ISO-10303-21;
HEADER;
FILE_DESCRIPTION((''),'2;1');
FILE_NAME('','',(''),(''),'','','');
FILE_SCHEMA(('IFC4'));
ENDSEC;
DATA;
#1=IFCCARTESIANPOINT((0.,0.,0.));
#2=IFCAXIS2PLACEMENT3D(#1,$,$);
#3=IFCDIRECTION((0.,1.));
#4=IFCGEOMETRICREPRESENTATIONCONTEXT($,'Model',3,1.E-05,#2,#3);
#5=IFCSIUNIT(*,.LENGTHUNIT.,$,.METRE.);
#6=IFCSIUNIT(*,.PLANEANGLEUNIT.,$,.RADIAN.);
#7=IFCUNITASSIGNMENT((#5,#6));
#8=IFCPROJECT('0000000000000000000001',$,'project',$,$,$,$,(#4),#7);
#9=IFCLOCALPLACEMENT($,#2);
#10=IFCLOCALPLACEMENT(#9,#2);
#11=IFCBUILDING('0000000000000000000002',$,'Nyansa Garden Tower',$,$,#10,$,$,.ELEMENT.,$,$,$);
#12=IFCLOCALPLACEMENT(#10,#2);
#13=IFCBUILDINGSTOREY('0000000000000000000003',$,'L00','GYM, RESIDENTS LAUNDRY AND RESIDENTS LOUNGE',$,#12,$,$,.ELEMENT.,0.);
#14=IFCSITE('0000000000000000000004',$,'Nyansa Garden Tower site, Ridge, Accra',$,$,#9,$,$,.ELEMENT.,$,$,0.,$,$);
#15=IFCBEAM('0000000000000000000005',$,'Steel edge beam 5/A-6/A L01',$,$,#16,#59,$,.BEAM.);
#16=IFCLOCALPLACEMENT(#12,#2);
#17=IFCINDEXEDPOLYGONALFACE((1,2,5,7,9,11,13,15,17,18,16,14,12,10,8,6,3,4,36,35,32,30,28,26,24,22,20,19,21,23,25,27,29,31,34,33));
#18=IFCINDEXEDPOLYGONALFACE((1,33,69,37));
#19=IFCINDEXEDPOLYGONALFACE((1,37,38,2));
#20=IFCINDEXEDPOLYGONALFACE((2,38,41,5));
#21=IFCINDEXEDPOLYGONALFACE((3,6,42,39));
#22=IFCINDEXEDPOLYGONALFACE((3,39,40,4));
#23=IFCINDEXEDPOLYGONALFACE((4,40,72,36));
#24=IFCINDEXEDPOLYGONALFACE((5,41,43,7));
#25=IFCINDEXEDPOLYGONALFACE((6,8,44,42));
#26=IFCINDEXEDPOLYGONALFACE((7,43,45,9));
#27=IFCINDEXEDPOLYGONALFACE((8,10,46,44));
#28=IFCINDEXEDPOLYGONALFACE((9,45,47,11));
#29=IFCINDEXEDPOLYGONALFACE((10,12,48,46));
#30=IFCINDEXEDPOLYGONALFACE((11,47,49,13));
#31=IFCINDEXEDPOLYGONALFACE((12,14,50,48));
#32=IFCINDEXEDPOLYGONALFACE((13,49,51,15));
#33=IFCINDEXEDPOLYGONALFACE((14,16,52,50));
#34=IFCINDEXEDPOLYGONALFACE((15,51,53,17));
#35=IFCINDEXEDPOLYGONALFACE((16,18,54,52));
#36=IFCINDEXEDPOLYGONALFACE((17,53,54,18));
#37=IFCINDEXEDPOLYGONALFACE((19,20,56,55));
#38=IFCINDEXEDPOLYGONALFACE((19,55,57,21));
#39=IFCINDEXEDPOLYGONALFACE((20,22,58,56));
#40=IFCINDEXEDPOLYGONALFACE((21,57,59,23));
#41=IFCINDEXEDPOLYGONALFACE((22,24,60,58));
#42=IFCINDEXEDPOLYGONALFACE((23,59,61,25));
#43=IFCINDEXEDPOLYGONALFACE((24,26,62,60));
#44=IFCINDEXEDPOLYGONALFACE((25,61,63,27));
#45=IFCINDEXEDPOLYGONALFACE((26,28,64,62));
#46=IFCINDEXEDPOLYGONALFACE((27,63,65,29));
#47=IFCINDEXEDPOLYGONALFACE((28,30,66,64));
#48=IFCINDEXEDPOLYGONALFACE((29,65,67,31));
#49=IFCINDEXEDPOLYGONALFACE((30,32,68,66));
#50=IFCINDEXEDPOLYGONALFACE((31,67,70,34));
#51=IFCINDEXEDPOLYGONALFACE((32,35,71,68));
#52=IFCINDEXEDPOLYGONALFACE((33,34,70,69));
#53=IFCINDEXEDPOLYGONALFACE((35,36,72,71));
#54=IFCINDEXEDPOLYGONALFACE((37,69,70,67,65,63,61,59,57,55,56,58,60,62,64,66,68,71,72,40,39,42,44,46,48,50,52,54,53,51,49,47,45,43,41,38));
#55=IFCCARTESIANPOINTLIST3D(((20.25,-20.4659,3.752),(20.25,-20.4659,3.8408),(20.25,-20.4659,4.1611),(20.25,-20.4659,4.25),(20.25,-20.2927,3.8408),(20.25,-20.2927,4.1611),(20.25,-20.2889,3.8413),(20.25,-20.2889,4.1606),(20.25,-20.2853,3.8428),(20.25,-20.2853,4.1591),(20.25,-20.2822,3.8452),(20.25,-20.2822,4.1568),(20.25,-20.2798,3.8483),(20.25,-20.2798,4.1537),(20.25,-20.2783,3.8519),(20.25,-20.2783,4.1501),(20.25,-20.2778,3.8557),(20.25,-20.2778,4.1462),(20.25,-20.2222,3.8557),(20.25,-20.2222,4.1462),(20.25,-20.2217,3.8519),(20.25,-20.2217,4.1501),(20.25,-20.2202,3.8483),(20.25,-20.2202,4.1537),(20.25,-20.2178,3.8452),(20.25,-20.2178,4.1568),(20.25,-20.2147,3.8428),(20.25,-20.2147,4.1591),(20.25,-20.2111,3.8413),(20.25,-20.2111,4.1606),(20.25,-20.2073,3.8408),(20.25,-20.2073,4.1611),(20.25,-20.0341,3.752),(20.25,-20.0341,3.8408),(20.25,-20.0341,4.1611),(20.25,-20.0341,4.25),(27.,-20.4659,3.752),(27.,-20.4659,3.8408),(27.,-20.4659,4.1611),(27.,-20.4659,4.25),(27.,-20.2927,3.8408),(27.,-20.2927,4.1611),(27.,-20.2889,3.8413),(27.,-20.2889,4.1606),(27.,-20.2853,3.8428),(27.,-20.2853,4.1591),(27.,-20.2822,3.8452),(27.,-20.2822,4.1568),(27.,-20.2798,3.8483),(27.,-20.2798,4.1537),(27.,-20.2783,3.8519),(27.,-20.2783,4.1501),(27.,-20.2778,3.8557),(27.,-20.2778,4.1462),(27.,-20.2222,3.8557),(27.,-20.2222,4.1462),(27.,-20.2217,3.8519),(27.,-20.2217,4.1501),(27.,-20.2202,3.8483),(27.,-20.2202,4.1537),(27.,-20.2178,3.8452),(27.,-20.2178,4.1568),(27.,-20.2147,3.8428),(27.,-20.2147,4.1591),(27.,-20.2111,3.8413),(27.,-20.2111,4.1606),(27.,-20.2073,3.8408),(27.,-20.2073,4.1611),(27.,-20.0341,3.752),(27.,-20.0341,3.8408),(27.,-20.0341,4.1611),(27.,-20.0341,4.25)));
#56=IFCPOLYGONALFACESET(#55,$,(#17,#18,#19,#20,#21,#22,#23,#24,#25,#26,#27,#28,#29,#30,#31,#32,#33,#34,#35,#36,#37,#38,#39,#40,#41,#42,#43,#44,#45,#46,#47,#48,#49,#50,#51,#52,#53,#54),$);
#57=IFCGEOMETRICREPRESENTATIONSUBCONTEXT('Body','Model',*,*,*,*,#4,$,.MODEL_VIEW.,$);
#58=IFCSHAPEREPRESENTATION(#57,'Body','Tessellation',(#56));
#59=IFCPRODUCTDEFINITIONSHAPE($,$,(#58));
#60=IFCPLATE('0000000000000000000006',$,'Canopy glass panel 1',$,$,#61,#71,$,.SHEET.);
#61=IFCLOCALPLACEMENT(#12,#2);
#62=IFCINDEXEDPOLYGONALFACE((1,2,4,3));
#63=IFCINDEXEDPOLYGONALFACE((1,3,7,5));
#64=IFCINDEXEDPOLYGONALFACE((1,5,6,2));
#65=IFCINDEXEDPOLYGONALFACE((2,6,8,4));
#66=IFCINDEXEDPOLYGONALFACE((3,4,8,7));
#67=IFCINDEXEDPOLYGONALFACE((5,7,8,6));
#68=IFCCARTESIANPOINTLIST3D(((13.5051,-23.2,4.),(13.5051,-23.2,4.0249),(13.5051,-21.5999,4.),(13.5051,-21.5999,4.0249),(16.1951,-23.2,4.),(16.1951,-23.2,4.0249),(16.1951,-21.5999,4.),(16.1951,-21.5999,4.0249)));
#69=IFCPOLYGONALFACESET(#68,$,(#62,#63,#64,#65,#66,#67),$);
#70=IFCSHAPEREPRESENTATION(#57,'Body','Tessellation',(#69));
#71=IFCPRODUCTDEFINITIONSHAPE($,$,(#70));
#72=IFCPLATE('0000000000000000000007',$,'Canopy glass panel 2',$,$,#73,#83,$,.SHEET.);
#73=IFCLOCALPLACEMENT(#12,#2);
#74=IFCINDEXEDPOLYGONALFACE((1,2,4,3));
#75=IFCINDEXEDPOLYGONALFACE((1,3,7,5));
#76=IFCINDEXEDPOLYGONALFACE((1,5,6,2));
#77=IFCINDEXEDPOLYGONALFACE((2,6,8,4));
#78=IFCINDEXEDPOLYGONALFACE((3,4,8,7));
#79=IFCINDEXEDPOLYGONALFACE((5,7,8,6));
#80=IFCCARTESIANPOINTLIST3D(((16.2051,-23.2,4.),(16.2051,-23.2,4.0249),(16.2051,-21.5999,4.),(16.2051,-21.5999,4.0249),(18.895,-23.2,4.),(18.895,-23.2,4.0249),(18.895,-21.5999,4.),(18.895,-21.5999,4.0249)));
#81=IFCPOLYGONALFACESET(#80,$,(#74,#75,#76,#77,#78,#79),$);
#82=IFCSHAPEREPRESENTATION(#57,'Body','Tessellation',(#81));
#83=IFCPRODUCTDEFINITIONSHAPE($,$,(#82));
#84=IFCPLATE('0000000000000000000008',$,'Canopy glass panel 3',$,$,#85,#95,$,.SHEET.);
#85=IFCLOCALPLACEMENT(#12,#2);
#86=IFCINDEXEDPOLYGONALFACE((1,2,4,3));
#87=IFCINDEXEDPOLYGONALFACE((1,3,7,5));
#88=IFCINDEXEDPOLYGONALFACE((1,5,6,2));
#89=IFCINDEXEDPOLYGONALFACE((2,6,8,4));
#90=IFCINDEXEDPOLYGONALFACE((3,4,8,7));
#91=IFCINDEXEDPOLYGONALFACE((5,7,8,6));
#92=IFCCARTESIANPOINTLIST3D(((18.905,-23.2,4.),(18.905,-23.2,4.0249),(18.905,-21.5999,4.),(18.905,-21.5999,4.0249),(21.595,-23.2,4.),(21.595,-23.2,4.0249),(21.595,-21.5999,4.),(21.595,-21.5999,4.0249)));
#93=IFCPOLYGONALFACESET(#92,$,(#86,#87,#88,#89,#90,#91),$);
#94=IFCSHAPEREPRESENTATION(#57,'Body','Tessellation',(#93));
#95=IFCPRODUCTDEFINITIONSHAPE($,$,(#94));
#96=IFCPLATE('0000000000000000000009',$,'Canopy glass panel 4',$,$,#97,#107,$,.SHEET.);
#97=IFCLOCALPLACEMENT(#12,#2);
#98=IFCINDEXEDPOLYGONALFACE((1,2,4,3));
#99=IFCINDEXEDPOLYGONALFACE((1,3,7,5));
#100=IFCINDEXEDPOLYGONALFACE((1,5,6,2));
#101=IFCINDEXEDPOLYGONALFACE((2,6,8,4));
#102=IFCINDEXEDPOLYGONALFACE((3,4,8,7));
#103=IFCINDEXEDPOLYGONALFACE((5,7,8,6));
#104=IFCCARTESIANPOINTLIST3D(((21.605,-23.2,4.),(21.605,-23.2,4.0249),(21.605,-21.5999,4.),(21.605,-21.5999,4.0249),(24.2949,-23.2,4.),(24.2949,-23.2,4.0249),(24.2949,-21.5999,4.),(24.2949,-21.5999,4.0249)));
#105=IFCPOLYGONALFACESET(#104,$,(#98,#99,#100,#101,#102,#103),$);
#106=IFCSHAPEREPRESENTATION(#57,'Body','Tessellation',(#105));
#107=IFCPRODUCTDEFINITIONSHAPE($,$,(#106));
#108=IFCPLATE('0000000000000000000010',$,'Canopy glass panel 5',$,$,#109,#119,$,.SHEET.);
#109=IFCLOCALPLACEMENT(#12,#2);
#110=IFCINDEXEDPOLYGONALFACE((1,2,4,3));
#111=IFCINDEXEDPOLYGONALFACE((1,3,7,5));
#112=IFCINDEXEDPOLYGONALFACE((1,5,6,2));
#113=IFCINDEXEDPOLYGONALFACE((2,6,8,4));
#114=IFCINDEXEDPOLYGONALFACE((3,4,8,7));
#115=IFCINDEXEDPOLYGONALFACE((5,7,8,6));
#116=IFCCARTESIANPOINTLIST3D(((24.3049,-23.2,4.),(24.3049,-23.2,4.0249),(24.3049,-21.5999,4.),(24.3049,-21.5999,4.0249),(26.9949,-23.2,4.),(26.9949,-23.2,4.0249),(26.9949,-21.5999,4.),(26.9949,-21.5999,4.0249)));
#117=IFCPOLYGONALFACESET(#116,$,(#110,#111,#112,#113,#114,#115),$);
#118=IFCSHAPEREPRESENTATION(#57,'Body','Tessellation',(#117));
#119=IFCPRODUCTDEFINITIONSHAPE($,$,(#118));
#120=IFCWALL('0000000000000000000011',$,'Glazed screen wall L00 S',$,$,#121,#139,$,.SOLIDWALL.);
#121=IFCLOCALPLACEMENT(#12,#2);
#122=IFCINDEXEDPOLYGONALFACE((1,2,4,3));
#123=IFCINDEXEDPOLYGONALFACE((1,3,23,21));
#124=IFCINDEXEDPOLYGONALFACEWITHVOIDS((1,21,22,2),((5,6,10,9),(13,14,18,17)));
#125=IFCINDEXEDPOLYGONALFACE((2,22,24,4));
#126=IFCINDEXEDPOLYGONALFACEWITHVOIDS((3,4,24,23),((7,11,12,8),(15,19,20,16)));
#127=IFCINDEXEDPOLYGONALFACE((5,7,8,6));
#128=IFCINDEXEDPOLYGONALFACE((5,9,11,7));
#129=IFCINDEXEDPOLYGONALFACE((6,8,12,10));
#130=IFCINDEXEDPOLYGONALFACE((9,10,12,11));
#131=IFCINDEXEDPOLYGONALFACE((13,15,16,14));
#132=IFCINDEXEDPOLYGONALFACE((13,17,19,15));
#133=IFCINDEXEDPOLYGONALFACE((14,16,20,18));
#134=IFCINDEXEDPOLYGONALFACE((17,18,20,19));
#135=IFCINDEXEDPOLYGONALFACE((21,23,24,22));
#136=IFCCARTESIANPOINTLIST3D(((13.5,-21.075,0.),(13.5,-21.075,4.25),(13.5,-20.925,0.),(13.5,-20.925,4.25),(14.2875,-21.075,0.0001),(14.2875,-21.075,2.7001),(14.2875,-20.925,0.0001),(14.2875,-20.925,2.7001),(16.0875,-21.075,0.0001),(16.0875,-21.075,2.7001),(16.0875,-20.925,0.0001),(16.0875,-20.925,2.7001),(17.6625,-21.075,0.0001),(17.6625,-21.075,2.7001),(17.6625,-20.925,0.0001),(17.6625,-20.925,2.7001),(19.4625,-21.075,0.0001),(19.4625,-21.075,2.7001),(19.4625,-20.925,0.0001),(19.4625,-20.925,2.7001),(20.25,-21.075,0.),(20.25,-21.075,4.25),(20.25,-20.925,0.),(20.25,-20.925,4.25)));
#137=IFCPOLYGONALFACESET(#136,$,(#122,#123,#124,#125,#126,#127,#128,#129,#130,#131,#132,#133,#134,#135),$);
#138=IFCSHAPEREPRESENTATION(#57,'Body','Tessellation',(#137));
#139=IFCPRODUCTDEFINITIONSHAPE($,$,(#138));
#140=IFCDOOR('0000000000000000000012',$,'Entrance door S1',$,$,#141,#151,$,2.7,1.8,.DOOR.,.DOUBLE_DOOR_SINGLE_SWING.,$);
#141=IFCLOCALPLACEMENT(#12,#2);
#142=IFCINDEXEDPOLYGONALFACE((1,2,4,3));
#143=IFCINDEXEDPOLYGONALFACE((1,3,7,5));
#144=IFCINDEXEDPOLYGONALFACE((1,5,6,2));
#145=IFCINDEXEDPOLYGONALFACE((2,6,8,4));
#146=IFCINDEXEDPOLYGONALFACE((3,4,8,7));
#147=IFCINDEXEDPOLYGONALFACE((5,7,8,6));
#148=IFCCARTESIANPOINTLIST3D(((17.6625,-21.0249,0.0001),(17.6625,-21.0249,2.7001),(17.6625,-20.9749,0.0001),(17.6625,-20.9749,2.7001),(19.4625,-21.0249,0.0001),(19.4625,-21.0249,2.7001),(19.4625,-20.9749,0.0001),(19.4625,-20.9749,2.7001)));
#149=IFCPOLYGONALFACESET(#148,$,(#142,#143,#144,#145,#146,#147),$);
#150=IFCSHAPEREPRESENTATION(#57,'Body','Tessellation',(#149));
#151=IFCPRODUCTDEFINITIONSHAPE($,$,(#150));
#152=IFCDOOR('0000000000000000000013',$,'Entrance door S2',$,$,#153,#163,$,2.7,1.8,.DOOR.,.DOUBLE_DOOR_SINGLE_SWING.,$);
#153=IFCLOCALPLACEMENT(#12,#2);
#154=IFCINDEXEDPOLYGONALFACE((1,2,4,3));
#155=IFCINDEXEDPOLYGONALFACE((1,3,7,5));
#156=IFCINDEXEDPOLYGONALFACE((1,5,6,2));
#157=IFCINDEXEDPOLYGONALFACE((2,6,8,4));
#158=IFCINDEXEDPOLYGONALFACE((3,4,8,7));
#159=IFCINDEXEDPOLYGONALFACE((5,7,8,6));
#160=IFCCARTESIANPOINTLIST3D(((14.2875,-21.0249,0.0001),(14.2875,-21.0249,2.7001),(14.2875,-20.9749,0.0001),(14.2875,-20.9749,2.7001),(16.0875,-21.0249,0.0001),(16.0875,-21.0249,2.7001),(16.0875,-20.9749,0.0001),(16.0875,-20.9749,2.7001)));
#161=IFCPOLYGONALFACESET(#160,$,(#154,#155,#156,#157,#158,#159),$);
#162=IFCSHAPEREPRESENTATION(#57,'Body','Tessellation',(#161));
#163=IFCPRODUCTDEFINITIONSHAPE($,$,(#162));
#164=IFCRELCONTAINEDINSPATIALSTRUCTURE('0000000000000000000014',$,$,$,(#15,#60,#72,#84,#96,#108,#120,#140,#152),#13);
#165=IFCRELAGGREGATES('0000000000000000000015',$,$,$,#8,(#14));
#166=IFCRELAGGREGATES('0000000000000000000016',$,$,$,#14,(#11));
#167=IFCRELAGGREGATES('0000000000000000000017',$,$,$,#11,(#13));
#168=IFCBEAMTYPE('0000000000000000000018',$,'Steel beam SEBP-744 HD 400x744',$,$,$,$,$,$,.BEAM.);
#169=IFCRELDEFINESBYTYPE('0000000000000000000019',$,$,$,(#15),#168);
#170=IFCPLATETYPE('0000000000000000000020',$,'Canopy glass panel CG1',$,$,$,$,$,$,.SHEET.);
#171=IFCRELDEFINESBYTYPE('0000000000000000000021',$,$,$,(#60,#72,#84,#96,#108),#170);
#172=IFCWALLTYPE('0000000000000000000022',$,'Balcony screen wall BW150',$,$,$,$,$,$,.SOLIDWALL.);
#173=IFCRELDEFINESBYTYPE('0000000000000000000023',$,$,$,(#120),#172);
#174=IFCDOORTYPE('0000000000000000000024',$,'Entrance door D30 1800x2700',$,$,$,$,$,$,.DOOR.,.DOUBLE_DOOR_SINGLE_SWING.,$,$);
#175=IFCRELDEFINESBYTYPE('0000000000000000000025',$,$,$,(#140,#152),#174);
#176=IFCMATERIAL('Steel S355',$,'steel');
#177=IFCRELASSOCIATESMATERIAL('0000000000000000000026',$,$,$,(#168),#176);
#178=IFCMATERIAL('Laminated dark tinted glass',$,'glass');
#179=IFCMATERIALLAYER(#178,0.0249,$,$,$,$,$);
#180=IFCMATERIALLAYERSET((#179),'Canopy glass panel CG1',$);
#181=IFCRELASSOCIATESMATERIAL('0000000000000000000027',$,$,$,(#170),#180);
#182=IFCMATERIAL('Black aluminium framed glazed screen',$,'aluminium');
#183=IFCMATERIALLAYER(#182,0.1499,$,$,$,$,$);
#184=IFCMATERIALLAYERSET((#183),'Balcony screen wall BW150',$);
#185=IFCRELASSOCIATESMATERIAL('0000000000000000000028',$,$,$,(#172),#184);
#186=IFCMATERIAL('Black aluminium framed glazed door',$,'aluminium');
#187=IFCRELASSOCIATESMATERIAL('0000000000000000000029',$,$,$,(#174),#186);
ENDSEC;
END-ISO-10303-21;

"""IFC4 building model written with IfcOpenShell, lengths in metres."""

from ifc_helpers import new_model, si_unit, direction, frame, frame_2d, origin, origin_2d, place, context, subcontext, project, spatial, rectangle, i_section, extrude, material, layer, layer_set, material_profile, profile_set, type_object, element, fill, save


model = new_model("IFC4")

# Units and contexts
model_context = context("Model", 3, precision=1e-05, world=origin(), true_north=direction((0.0, 1.0)))
body_context = subcontext(model_context, "Body", "Model", "MODEL_VIEW")
ifc_project = project(units=[si_unit("LENGTHUNIT", "METRE"), si_unit("PLANEANGLEUNIT", "RADIAN")], contexts=[model_context])

# Site, building, storey
site_placement = place(None, origin())
site = spatial("IfcSite", under=ifc_project, at=site_placement, Name="Nyansa Garden Tower site, Ridge, Accra", CompositionType="ELEMENT", RefElevation=0.0)
building_placement = place(site_placement, origin())
building = spatial("IfcBuilding", under=site, at=building_placement, Name="Nyansa Garden Tower", CompositionType="ELEMENT")
storey_placement = place(building_placement, origin())
storey = spatial("IfcBuildingStorey", under=building, at=storey_placement, Name="L00", Description="GYM, RESIDENTS LAUNDRY AND RESIDENTS LOUNGE", CompositionType="ELEMENT", Elevation=0.0)

# Beam
ifc_material_1 = material(Name="Steel S355", Category="steel")
ifc_material_profile_1 = material_profile(ifc_material_1, i_section(OverallWidth=0.4319, OverallDepth=0.498, WebThickness=0.0557, FlangeThickness=0.0889, FilletRadius=0.0149, at=origin_2d()), Name="HD 400x744")
ifc_profile_set_1 = profile_set([ifc_material_profile_1], Name="Steel S355")
beam_type_1 = type_object("IfcBeamType", Name="Steel beam SEBP-744 HD 400x744", PredefinedType="BEAM", material=ifc_profile_set_1)
beam_placement = place(storey_placement, frame((20.25, -20.25, 4.001), z_axis=(1.0, 0.0, 0.0), x_axis=(0.0, 1.0, 0.0)))
element("IfcBeam", 1, at=beam_placement, inside=storey, type_object=beam_type_1, Name="Steel edge beam 5/A-6/A L01", PredefinedType="BEAM", context=body_context, shape_type="SweptSolid", body=[
    extrude(i_section(OverallWidth=0.4319, OverallDepth=0.498, WebThickness=0.0557, FlangeThickness=0.0889, FilletRadius=0.0149, at=origin_2d()), origin(), (0.0, 0.0, 1.0), 6.75),
])

# Plates
ifc_material_2 = material(Name="Laminated dark tinted glass", Category="glass")
ifc_layer_1 = layer(ifc_material_2, 0.0249)
ifc_layer_set_1 = layer_set([ifc_layer_1], Name="Canopy glass panel CG1")
plate_type = type_object("IfcPlateType", Name="Canopy glass panel CG1", PredefinedType="SHEET", material=ifc_layer_set_1)
for number, where, z_axis, x_axis, name in (
    (2, (14.8501, -22.3999, 4.0), (0.0, 0.0, 1.0), (1.0, 0.0, 0.0), "Canopy glass panel 1"),
    (3, (17.55, -22.3999, 4.0), (0.0, 0.0, 1.0), (1.0, 0.0, 0.0), "Canopy glass panel 2"),
    (4, (20.25, -22.3999, 4.0), (0.0, 0.0, 1.0), (1.0, 0.0, 0.0), "Canopy glass panel 3"),
    (5, (22.95, -22.3999, 4.0), (0.0, 0.0, 1.0), (1.0, 0.0, 0.0), "Canopy glass panel 4"),
    (6, (25.6499, -22.3999, 4.0), (0.0, 0.0, 1.0), (1.0, 0.0, 0.0), "Canopy glass panel 5"),
):
    element("IfcPlate", number, at=place(storey_placement, frame(where, z_axis=z_axis, x_axis=x_axis)), inside=storey, type_object=plate_type, Name=name, PredefinedType="SHEET", context=body_context, shape_type="SweptSolid", body=[
        extrude(rectangle(XDim=2.6899, YDim=1.6001, at=origin_2d()), origin(), (0.0, 0.0, 1.0), 0.0249),
    ])

# Wall, openings, doors
ifc_material_3 = material(Name="Black aluminium framed glazed screen", Category="aluminium")
ifc_layer_2 = layer(ifc_material_3, 0.1499)
ifc_layer_set_2 = layer_set([ifc_layer_2], Name="Balcony screen wall BW150")
wall_type = type_object("IfcWallType", Name="Balcony screen wall BW150", PredefinedType="SOLIDWALL", material=ifc_layer_set_2)
wall_1_placement = place(storey_placement, frame((20.25, -21.0, 0.0), z_axis=(0.0, 0.0, 1.0), x_axis=(-1.0, 0.0, 0.0)))
wall_1 = element("IfcWall", 7, at=wall_1_placement, inside=storey, type_object=wall_type, Name="Glazed screen wall L00 S", PredefinedType="SOLIDWALL", context=body_context, shape_type="SweptSolid", body=[
    extrude(rectangle(XDim=6.75, YDim=0.1499, at=frame_2d((3.375, 0.0))), origin(), (0.0, 0.0, 1.0), 4.25),
])
opening_1_placement = place(wall_1_placement, frame((0.7876, 0.0, 0.0)))
opening_1 = element("IfcOpeningElement", 8, at=opening_1_placement, cuts=wall_1, PredefinedType="OPENING", context=body_context, shape_type="SweptSolid", body=[
    extrude(rectangle(XDim=1.8, YDim=2.7, at=frame_2d((0.8999, 1.3501))), frame((0.0, 0.085, 0.0), z_axis=(0.0, -1.0, 0.0), x_axis=(1.0, 0.0, 0.0)), (0.0, 0.0, 1.0), 0.1699),
])
opening_2_placement = place(wall_1_placement, frame((4.1626, 0.0, 0.0)))
opening_2 = element("IfcOpeningElement", 9, at=opening_2_placement, cuts=wall_1, PredefinedType="OPENING", context=body_context, shape_type="SweptSolid", body=[
    extrude(rectangle(XDim=1.8, YDim=2.7, at=frame_2d((0.8999, 1.3501))), frame((0.0, 0.085, 0.0), z_axis=(0.0, -1.0, 0.0), x_axis=(1.0, 0.0, 0.0)), (0.0, 0.0, 1.0), 0.1699),
])
ifc_material_4 = material(Name="Black aluminium framed glazed door", Category="aluminium")
door_type = type_object("IfcDoorType", Name="Entrance door D30 1800x2700", OperationType="DOUBLE_DOOR_SINGLE_SWING", PredefinedType="DOOR", material=ifc_material_4)
door_1_placement = place(opening_1_placement, origin())
door_1 = element("IfcDoor", 10, at=door_1_placement, inside=storey, type_object=door_type, Name="Entrance door S1", OperationType="DOUBLE_DOOR_SINGLE_SWING", OverallHeight=2.7, OverallWidth=1.8, PredefinedType="DOOR", context=body_context, shape_type="SweptSolid", body=[
    extrude(rectangle(XDim=1.8, YDim=2.7, at=frame_2d((0.8999, 1.3501))), frame((0.0, 0.0249, 0.0), z_axis=(0.0, -1.0, 0.0), x_axis=(1.0, 0.0, 0.0)), (0.0, 0.0, 1.0), 0.05),
])
fill(opening_1, door_1)
door_2_placement = place(opening_2_placement, origin())
door_2 = element("IfcDoor", 11, at=door_2_placement, inside=storey, type_object=door_type, Name="Entrance door S2", OperationType="DOUBLE_DOOR_SINGLE_SWING", OverallHeight=2.7, OverallWidth=1.8, PredefinedType="DOOR", context=body_context, shape_type="SweptSolid", body=[
    extrude(rectangle(XDim=1.8, YDim=2.7, at=frame_2d((0.8999, 1.3501))), frame((0.0, 0.0249, 0.0), z_axis=(0.0, -1.0, 0.0), x_axis=(1.0, 0.0, 0.0)), (0.0, 0.0, 1.0), 0.05),
])
fill(opening_2, door_2)

save(model, "model.ifc")
